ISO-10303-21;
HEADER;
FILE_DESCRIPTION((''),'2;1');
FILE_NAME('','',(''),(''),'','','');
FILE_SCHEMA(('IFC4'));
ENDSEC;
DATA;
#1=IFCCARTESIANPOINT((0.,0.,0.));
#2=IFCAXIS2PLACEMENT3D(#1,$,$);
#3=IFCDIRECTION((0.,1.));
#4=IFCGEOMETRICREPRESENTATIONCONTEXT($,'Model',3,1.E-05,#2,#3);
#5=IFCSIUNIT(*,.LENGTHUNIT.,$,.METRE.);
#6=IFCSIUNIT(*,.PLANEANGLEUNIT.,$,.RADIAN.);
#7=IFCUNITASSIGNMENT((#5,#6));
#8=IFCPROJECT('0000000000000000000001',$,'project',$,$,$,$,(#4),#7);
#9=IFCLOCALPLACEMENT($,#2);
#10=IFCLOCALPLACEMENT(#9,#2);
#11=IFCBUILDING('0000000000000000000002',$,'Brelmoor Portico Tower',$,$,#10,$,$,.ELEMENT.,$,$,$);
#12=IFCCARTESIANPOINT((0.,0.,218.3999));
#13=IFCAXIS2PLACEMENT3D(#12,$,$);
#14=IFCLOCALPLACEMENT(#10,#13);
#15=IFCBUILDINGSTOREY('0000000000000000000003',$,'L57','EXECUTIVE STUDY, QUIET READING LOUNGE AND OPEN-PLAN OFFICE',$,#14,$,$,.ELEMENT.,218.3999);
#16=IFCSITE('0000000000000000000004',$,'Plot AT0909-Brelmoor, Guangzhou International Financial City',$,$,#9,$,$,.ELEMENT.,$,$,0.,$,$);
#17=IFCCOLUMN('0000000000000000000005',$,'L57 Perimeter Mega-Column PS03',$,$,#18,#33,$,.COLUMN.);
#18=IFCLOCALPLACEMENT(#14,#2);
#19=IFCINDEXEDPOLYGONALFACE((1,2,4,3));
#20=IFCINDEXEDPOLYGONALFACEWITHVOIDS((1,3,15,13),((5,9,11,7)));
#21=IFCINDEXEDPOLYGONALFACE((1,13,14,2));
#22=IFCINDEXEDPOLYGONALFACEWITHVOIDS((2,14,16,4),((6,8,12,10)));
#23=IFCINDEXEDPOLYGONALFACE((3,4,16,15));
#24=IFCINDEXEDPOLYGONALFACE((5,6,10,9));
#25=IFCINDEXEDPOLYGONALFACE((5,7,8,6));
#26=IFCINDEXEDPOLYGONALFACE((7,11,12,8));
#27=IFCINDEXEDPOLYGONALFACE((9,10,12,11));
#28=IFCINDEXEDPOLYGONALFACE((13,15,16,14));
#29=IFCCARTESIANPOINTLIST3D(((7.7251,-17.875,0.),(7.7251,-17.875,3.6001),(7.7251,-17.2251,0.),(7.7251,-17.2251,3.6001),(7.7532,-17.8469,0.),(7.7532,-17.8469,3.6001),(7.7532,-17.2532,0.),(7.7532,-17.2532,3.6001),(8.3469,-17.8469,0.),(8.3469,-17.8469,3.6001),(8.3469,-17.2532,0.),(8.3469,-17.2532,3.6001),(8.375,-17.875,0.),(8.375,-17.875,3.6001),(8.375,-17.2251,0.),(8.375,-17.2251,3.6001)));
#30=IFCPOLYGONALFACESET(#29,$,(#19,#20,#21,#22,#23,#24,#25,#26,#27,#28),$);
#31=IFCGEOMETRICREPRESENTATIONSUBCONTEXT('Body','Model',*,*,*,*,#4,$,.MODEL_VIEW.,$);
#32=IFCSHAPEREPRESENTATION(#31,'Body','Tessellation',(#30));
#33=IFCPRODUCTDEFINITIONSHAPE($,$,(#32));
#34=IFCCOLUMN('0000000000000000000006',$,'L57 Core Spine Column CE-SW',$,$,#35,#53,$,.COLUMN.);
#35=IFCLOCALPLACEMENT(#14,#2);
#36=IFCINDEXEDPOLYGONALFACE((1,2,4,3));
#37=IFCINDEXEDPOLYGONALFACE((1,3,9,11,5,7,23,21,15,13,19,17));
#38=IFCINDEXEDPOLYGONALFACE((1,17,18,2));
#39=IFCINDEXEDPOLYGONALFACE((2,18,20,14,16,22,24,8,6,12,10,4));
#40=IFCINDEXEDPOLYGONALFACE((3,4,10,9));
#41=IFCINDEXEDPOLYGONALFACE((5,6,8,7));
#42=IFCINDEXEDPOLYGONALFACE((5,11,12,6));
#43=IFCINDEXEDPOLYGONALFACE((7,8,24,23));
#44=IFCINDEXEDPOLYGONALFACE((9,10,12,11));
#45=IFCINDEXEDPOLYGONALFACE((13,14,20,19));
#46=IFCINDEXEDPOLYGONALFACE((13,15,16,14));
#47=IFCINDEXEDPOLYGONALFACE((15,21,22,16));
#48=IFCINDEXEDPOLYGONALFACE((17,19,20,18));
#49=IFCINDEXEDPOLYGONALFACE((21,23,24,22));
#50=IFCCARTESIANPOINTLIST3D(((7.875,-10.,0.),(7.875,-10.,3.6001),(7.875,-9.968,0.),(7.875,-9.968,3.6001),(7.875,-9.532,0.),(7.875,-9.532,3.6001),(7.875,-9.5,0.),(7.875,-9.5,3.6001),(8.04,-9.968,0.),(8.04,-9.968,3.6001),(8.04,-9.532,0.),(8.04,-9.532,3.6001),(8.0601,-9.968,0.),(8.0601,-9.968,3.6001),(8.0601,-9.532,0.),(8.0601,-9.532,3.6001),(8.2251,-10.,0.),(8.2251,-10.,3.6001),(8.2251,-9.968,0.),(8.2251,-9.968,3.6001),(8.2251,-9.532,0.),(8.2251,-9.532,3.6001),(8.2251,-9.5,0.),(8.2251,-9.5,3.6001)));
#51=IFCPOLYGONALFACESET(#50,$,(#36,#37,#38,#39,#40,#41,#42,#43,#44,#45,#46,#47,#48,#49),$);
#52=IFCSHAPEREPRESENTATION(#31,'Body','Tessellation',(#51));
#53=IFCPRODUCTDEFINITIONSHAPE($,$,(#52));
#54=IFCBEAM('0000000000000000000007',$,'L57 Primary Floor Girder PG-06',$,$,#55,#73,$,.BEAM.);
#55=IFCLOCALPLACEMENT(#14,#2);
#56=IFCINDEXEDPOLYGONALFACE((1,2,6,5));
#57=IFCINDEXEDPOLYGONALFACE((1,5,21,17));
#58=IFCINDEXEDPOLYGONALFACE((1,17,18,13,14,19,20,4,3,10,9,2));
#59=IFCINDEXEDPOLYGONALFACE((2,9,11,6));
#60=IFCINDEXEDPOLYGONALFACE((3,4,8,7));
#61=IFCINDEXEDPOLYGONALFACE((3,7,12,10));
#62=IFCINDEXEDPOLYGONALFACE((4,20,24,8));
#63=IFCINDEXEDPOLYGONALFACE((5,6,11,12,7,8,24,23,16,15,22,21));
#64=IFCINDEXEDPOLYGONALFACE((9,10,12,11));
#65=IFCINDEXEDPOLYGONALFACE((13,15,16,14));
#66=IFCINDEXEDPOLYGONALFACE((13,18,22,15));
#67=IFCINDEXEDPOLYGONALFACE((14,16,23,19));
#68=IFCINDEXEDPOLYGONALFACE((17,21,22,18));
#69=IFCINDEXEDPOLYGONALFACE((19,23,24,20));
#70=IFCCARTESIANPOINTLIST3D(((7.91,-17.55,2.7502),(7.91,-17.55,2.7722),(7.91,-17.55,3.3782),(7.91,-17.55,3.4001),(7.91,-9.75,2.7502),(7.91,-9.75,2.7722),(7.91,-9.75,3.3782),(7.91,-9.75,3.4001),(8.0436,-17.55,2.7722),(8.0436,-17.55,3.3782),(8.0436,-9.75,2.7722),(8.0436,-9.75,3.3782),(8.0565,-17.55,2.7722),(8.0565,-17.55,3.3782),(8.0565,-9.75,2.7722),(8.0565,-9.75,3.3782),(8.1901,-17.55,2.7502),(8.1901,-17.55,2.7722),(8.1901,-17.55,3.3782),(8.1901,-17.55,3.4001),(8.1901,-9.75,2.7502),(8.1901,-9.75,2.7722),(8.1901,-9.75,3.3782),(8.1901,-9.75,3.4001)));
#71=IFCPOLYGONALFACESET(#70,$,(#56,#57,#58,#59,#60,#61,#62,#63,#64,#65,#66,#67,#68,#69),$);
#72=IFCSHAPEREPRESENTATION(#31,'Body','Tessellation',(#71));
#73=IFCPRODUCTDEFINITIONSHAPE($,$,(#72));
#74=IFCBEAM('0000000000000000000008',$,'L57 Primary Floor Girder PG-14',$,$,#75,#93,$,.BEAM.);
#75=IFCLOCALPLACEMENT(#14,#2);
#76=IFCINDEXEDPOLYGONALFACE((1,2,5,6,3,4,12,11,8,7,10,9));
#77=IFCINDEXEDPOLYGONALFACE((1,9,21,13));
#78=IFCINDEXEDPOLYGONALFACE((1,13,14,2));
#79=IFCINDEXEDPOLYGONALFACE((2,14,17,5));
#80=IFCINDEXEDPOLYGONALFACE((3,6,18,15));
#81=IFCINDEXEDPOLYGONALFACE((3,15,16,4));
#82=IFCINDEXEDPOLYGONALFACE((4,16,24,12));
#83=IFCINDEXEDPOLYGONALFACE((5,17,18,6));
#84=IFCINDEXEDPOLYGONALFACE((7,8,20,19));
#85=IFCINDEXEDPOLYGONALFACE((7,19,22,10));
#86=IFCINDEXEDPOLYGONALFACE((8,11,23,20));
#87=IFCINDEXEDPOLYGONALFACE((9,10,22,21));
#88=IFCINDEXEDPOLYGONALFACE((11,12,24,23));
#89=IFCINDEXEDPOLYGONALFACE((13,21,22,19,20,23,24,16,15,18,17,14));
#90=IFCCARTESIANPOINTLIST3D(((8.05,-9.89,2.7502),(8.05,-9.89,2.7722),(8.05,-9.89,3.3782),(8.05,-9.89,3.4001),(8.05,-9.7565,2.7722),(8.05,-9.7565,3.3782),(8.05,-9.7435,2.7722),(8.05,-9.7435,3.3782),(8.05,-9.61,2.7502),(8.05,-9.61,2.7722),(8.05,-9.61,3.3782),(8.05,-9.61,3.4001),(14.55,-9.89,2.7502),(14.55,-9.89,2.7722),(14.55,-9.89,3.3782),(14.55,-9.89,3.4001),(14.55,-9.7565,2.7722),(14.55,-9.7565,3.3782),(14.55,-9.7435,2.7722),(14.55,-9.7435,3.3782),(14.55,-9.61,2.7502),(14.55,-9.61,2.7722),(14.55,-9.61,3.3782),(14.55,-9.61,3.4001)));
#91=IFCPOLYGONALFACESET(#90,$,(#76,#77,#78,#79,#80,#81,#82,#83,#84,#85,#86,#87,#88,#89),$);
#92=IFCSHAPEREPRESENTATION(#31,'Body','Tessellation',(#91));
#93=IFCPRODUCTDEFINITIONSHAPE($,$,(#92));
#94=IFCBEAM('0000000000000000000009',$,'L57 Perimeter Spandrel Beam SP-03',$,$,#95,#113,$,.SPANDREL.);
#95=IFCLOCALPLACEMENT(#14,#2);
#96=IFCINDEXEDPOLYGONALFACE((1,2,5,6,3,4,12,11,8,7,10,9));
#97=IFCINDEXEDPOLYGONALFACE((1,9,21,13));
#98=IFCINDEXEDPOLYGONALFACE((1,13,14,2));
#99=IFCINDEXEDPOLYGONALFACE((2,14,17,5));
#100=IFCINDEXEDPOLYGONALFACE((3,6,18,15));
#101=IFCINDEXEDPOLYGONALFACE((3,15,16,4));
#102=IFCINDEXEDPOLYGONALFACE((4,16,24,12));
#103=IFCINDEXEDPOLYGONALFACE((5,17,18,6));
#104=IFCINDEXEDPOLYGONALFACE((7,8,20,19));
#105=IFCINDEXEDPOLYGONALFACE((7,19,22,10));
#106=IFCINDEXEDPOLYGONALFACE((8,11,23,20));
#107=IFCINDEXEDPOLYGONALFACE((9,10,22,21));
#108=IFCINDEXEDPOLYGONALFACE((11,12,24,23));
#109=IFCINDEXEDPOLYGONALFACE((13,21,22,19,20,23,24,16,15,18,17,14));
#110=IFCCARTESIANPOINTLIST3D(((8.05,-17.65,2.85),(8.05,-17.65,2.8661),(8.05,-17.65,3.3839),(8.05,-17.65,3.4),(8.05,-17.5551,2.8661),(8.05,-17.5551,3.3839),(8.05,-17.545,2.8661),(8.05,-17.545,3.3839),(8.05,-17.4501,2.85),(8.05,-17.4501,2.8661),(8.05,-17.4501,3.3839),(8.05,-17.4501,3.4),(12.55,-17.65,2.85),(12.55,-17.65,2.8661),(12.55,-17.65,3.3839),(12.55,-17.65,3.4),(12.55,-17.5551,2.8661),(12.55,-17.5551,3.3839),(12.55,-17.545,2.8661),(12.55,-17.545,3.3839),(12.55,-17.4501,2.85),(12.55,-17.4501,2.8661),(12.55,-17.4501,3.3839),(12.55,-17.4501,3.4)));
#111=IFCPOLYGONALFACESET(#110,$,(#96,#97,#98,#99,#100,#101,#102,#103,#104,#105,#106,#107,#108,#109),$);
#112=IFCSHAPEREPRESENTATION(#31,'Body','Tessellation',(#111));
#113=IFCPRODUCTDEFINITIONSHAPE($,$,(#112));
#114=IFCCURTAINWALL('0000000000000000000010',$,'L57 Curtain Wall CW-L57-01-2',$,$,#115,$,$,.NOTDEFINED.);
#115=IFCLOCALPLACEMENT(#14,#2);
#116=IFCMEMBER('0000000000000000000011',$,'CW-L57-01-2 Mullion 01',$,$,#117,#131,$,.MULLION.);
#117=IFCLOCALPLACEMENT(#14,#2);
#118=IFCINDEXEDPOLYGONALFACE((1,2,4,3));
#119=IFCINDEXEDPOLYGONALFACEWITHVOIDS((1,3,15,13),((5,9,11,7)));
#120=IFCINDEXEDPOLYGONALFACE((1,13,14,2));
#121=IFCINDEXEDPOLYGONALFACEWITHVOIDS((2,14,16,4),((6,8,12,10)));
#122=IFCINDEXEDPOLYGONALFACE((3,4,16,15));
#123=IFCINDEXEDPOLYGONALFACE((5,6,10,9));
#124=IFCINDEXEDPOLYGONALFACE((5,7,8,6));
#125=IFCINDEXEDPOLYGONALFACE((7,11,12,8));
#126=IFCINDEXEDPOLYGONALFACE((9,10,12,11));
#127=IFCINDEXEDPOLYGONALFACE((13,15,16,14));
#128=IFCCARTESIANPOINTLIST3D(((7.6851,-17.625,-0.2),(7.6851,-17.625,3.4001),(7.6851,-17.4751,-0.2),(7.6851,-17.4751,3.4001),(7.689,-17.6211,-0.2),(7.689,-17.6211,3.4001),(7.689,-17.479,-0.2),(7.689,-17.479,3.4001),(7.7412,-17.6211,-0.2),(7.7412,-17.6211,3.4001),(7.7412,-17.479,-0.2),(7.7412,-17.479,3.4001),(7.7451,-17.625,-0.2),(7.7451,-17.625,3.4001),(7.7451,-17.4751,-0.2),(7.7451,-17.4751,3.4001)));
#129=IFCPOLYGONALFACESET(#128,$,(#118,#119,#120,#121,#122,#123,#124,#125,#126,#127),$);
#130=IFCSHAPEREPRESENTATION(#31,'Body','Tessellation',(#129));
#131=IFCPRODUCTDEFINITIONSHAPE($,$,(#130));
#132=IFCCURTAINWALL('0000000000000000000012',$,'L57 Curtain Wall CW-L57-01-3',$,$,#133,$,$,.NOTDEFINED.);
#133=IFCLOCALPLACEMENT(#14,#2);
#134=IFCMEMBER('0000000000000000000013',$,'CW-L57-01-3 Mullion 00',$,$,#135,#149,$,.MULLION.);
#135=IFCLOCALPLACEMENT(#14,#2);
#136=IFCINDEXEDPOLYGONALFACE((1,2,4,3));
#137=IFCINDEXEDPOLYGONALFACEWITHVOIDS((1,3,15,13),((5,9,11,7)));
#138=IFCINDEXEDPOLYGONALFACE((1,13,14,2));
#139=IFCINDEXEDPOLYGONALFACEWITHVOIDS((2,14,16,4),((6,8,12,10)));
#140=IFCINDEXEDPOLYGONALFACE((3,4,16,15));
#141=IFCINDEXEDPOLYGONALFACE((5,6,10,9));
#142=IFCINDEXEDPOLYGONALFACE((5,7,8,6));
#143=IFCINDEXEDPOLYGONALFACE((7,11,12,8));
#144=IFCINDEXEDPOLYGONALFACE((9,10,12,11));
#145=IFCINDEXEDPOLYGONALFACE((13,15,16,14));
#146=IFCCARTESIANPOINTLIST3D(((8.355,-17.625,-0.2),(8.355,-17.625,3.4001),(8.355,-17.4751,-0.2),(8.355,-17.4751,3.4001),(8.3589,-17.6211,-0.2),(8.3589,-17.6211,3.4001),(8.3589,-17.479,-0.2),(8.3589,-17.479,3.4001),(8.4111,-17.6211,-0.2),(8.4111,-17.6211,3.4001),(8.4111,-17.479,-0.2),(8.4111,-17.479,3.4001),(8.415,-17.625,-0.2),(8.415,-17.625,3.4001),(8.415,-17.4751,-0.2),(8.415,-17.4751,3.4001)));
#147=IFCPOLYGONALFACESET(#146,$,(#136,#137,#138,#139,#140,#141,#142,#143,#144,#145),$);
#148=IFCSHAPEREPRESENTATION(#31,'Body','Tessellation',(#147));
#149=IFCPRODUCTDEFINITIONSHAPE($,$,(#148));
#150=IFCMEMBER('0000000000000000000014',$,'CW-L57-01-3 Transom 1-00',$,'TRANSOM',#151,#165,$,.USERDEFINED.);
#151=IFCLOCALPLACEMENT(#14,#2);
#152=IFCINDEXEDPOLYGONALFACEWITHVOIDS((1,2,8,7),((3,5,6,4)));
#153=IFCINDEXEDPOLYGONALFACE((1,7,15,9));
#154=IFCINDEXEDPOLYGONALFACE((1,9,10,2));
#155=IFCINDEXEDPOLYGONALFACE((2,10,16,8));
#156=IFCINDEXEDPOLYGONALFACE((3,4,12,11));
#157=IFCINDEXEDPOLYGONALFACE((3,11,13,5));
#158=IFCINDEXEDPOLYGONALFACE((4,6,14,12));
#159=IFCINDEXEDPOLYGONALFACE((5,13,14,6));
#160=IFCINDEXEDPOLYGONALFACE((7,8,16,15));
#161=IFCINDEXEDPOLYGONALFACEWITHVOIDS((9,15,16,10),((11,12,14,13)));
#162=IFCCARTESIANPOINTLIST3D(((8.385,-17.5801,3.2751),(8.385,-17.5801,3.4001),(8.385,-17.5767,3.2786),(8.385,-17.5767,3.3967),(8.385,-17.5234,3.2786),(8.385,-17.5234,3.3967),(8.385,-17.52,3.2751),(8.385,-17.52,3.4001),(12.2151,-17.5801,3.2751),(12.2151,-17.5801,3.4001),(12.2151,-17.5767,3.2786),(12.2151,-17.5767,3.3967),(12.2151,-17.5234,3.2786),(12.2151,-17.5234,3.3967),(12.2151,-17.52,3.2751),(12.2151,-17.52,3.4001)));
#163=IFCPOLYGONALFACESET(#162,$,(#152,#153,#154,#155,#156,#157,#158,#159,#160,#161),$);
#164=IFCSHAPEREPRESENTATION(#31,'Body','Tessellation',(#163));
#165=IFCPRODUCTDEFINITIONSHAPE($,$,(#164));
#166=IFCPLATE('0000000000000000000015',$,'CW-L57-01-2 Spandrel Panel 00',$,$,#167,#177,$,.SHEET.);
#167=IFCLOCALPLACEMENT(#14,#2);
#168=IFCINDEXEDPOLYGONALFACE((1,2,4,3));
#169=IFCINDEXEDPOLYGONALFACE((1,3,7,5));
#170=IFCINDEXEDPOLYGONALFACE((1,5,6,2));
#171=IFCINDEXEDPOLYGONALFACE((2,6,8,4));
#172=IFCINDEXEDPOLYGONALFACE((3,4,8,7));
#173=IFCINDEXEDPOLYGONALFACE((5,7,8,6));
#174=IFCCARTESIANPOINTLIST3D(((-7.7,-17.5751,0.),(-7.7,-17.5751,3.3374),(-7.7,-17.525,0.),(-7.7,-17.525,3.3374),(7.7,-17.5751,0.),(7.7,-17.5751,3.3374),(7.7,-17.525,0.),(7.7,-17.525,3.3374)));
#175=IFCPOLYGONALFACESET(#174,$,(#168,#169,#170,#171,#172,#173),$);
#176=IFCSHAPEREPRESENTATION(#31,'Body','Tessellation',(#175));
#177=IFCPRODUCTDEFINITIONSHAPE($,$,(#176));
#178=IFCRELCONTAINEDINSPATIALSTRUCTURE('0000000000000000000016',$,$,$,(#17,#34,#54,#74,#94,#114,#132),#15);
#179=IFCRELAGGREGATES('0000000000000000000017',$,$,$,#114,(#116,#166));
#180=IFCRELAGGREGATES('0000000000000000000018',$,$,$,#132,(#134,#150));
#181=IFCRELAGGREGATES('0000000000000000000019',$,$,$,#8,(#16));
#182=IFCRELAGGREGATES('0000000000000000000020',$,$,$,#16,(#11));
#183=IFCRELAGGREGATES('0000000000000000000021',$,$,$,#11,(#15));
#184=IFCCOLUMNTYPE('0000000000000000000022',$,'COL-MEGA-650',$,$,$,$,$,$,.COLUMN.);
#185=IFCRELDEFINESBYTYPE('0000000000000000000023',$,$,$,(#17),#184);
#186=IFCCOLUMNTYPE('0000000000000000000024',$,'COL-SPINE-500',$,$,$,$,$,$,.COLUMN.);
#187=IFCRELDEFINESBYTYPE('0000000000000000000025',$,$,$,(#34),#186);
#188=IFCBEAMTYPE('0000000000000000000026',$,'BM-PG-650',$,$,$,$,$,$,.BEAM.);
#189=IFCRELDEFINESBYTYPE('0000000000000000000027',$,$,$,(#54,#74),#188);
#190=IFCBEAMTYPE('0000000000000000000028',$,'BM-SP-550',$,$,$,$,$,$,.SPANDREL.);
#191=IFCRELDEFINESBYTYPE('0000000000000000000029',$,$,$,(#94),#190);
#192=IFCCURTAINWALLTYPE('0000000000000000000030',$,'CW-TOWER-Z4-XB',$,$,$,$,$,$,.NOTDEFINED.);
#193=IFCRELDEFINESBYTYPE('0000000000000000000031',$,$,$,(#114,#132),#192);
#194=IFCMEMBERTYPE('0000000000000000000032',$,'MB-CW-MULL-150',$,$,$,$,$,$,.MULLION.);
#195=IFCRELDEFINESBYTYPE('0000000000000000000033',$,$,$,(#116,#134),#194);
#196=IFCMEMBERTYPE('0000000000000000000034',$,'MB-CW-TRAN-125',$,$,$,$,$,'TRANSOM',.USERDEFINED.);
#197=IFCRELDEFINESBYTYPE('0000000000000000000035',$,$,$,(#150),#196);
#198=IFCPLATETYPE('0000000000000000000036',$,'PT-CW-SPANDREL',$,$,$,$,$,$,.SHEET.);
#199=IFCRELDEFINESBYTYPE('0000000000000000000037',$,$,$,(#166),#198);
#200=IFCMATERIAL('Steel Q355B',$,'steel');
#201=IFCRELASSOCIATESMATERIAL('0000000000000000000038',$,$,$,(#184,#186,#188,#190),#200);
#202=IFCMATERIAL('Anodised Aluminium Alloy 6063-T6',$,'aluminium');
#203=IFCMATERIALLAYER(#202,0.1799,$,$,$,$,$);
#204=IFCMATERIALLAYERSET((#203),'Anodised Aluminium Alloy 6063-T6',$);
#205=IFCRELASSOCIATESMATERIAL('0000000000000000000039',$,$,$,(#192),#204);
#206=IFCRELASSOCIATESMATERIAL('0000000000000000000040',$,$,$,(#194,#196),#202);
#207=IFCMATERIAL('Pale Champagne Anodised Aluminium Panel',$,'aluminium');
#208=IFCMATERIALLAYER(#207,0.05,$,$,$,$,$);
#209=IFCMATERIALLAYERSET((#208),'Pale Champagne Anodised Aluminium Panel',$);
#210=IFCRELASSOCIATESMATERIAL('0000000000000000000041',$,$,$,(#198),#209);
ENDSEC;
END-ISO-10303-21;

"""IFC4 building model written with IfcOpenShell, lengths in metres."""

from ifc_helpers import new_model, si_unit, direction, frame, origin, origin_2d, place, context, subcontext, project, spatial, rectangle, hollow_rectangle, i_section, extrude, material, layer, layer_set, material_profile, profile_set, type_object, element, aggregate, save


model = new_model("IFC4")

# Units and contexts
model_context = context("Model", 3, precision=1e-05, world=origin(), true_north=direction((0.0, 1.0)))
body_context = subcontext(model_context, "Body", "Model", "MODEL_VIEW")
ifc_project = project(units=[si_unit("LENGTHUNIT", "METRE"), si_unit("PLANEANGLEUNIT", "RADIAN")], contexts=[model_context])

# Site, building, storey
site_placement = place(None, origin())
site = spatial("IfcSite", under=ifc_project, at=site_placement, Name="Plot AT0909-Brelmoor, Guangzhou International Financial City", CompositionType="ELEMENT", RefElevation=0.0)
building_placement = place(site_placement, origin())
building = spatial("IfcBuilding", under=site, at=building_placement, Name="Brelmoor Portico Tower", CompositionType="ELEMENT")
storey_placement = place(building_placement, frame((0.0, 0.0, 218.3999)))
storey = spatial("IfcBuildingStorey", under=building, at=storey_placement, Name="L57", Description="EXECUTIVE STUDY, QUIET READING LOUNGE AND OPEN-PLAN OFFICE", CompositionType="ELEMENT", Elevation=218.3999)

# Columns
ifc_material_1 = material(Name="Steel Q355B", Category="steel")
ifc_material_profile_1 = material_profile(ifc_material_1, hollow_rectangle(XDim=0.6499, YDim=0.6499, WallThickness=0.0281, at=origin_2d()), Name="BOX 650x650x28")
ifc_profile_set_1 = profile_set([ifc_material_profile_1], Name="Steel Q355B")
column_type_1 = type_object("IfcColumnType", Name="COL-MEGA-650", PredefinedType="COLUMN", material=ifc_profile_set_1)
column_1_placement = place(storey_placement, frame((8.05, -17.55, 0.0), z_axis=(0.0, 0.0, 1.0), x_axis=(1.0, 0.0, 0.0)))
element("IfcColumn", 1, at=column_1_placement, inside=storey, type_object=column_type_1, Name="L57 Perimeter Mega-Column PS03", PredefinedType="COLUMN", context=body_context, shape_type="SweptSolid", body=[
    extrude(hollow_rectangle(XDim=0.6499, YDim=0.6499, WallThickness=0.0281, at=origin_2d()), origin(), (0.0, 0.0, 1.0), 3.6001),
])
ifc_material_profile_2 = material_profile(ifc_material_1, i_section(OverallWidth=0.3501, OverallDepth=0.5, WebThickness=0.02, FlangeThickness=0.032, at=origin_2d()), Name="HW 500x350x20x32")
ifc_profile_set_2 = profile_set([ifc_material_profile_2], Name="Steel Q355B")
column_type_2 = type_object("IfcColumnType", Name="COL-SPINE-500", PredefinedType="COLUMN", material=ifc_profile_set_2)
column_2_placement = place(storey_placement, frame((8.05, -9.75, 0.0), z_axis=(0.0, 0.0, 1.0), x_axis=(1.0, 0.0, 0.0)))
element("IfcColumn", 2, at=column_2_placement, inside=storey, type_object=column_type_2, Name="L57 Core Spine Column CE-SW", PredefinedType="COLUMN", context=body_context, shape_type="SweptSolid", body=[
    extrude(i_section(OverallWidth=0.3501, OverallDepth=0.5, WebThickness=0.02, FlangeThickness=0.032, at=origin_2d()), origin(), (0.0, 0.0, 1.0), 3.6001),
])

# Beams
ifc_material_profile_3 = material_profile(ifc_material_1, i_section(OverallWidth=0.28, OverallDepth=0.6499, WebThickness=0.0129, FlangeThickness=0.022, at=origin_2d()), Name="HN 650x280x13x22")
ifc_profile_set_3 = profile_set([ifc_material_profile_3], Name="Steel Q355B")
beam_type_1 = type_object("IfcBeamType", Name="BM-PG-650", PredefinedType="BEAM", material=ifc_profile_set_3)
beam_1_placement = place(storey_placement, frame((8.05, -17.55, 3.0752), z_axis=(0.0, 1.0, 0.0), x_axis=(-1.0, 0.0, 0.0)))
element("IfcBeam", 3, at=beam_1_placement, inside=storey, type_object=beam_type_1, Name="L57 Primary Floor Girder PG-06", PredefinedType="BEAM", context=body_context, shape_type="SweptSolid", body=[
    extrude(i_section(OverallWidth=0.28, OverallDepth=0.6499, WebThickness=0.0129, FlangeThickness=0.022, at=origin_2d()), origin(), (0.0, 0.0, 1.0), 7.8),
])
beam_2_placement = place(storey_placement, frame((8.05, -9.75, 3.0752), z_axis=(1.0, 0.0, 0.0), x_axis=(0.0, 1.0, 0.0)))
element("IfcBeam", 4, at=beam_2_placement, inside=storey, type_object=beam_type_1, Name="L57 Primary Floor Girder PG-14", PredefinedType="BEAM", context=body_context, shape_type="SweptSolid", body=[
    extrude(i_section(OverallWidth=0.28, OverallDepth=0.6499, WebThickness=0.0129, FlangeThickness=0.022, at=origin_2d()), origin(), (0.0, 0.0, 1.0), 6.5),
])
ifc_material_profile_4 = material_profile(ifc_material_1, i_section(OverallWidth=0.2, OverallDepth=0.55, WebThickness=0.01, FlangeThickness=0.0161, at=origin_2d()), Name="HN 550x200x10x16")
ifc_profile_set_4 = profile_set([ifc_material_profile_4], Name="Steel Q355B")
beam_type_2 = type_object("IfcBeamType", Name="BM-SP-550", PredefinedType="SPANDREL", material=ifc_profile_set_4)
beam_3_placement = place(storey_placement, frame((8.05, -17.55, 3.125), z_axis=(1.0, 0.0, 0.0), x_axis=(0.0, 1.0, 0.0)))
element("IfcBeam", 5, at=beam_3_placement, inside=storey, type_object=beam_type_2, Name="L57 Perimeter Spandrel Beam SP-03", PredefinedType="SPANDREL", context=body_context, shape_type="SweptSolid", body=[
    extrude(i_section(OverallWidth=0.2, OverallDepth=0.55, WebThickness=0.01, FlangeThickness=0.0161, at=origin_2d()), origin(), (0.0, 0.0, 1.0), 4.5),
])

# Curtain wall, member
ifc_material_2 = material(Name="Anodised Aluminium Alloy 6063-T6", Category="aluminium")
ifc_layer_1 = layer(ifc_material_2, 0.1799)
ifc_layer_set_1 = layer_set([ifc_layer_1], Name="Anodised Aluminium Alloy 6063-T6")
curtain_wall_type = type_object("IfcCurtainWallType", Name="CW-TOWER-Z4-XB", PredefinedType="NOTDEFINED", material=ifc_layer_set_1)
curtain_wall_1_placement = place(storey_placement, origin())
curtain_wall_1 = element("IfcCurtainWall", 6, at=curtain_wall_1_placement, inside=storey, type_object=curtain_wall_type, Name="L57 Curtain Wall CW-L57-01-2", PredefinedType="NOTDEFINED")
ifc_material_profile_5 = material_profile(ifc_material_2, hollow_rectangle(XDim=0.0601, YDim=0.1499, WallThickness=0.0039, at=origin_2d()), Name="ALU MULLION 60x150")
ifc_profile_set_5 = profile_set([ifc_material_profile_5], Name="Anodised Aluminium Alloy 6063-T6")
member_type_1 = type_object("IfcMemberType", Name="MB-CW-MULL-150", PredefinedType="MULLION", material=ifc_profile_set_5)
member_1_placement = place(storey_placement, frame((7.7151, -17.55, -0.2), z_axis=(0.0, 0.0, 1.0), x_axis=(1.0, 0.0, 0.0)))
member_1 = element("IfcMember", 7, at=member_1_placement, type_object=member_type_1, Name="CW-L57-01-2 Mullion 01", PredefinedType="MULLION", context=body_context, shape_type="SweptSolid", body=[
    extrude(hollow_rectangle(XDim=0.0601, YDim=0.1499, WallThickness=0.0039, at=origin_2d()), origin(), (0.0, 0.0, 1.0), 3.6001),
])

# Curtain wall, members
curtain_wall_2_placement = place(storey_placement, origin())
curtain_wall_2 = element("IfcCurtainWall", 8, at=curtain_wall_2_placement, inside=storey, type_object=curtain_wall_type, Name="L57 Curtain Wall CW-L57-01-3", PredefinedType="NOTDEFINED")
member_2_placement = place(storey_placement, frame((8.385, -17.55, -0.2), z_axis=(0.0, 0.0, 1.0), x_axis=(1.0, 0.0, 0.0)))
member_2 = element("IfcMember", 9, at=member_2_placement, type_object=member_type_1, Name="CW-L57-01-3 Mullion 00", PredefinedType="MULLION", context=body_context, shape_type="SweptSolid", body=[
    extrude(hollow_rectangle(XDim=0.0601, YDim=0.1499, WallThickness=0.0039, at=origin_2d()), origin(), (0.0, 0.0, 1.0), 3.6001),
])
ifc_material_profile_6 = material_profile(ifc_material_2, hollow_rectangle(XDim=0.0601, YDim=0.125, WallThickness=0.0034, at=origin_2d()), Name="ALU TRANSOM 60x125")
ifc_profile_set_6 = profile_set([ifc_material_profile_6], Name="Anodised Aluminium Alloy 6063-T6")
member_type_2 = type_object("IfcMemberType", Name="MB-CW-TRAN-125", ElementType="TRANSOM", PredefinedType="USERDEFINED", material=ifc_profile_set_6)
member_3_placement = place(storey_placement, frame((8.385, -17.55, 3.3376), z_axis=(1.0, 0.0, 0.0), x_axis=(0.0, 1.0, 0.0)))
member_3 = element("IfcMember", 10, at=member_3_placement, type_object=member_type_2, Name="CW-L57-01-3 Transom 1-00", ObjectType="TRANSOM", PredefinedType="USERDEFINED", context=body_context, shape_type="SweptSolid", body=[
    extrude(hollow_rectangle(XDim=0.0601, YDim=0.125, WallThickness=0.0034, at=origin_2d()), origin(), (0.0, 0.0, 1.0), 3.8301),
])

# Plate
ifc_material_3 = material(Name="Pale Champagne Anodised Aluminium Panel", Category="aluminium")
ifc_layer_2 = layer(ifc_material_3, 0.05)
ifc_layer_set_2 = layer_set([ifc_layer_2], Name="Pale Champagne Anodised Aluminium Panel")
plate_type_1 = type_object("IfcPlateType", Name="PT-CW-SPANDREL", PredefinedType="SHEET", material=ifc_layer_set_2)
plate_1_placement = place(storey_placement, frame((0.0, -17.55, 0.0), z_axis=(0.0, 0.0, 1.0), x_axis=(1.0, 0.0, 0.0)))
plate_1 = element("IfcPlate", 11, at=plate_1_placement, type_object=plate_type_1, Name="CW-L57-01-2 Spandrel Panel 00", PredefinedType="SHEET", context=body_context, shape_type="SweptSolid", body=[
    extrude(rectangle(XDim=15.3999, YDim=0.05, at=origin_2d()), origin(), (0.0, 0.0, 1.0), 3.3374),
])
aggregate(curtain_wall_1, [member_1, plate_1])
aggregate(curtain_wall_2, [member_2, member_3])

save(model, "model.ifc")
